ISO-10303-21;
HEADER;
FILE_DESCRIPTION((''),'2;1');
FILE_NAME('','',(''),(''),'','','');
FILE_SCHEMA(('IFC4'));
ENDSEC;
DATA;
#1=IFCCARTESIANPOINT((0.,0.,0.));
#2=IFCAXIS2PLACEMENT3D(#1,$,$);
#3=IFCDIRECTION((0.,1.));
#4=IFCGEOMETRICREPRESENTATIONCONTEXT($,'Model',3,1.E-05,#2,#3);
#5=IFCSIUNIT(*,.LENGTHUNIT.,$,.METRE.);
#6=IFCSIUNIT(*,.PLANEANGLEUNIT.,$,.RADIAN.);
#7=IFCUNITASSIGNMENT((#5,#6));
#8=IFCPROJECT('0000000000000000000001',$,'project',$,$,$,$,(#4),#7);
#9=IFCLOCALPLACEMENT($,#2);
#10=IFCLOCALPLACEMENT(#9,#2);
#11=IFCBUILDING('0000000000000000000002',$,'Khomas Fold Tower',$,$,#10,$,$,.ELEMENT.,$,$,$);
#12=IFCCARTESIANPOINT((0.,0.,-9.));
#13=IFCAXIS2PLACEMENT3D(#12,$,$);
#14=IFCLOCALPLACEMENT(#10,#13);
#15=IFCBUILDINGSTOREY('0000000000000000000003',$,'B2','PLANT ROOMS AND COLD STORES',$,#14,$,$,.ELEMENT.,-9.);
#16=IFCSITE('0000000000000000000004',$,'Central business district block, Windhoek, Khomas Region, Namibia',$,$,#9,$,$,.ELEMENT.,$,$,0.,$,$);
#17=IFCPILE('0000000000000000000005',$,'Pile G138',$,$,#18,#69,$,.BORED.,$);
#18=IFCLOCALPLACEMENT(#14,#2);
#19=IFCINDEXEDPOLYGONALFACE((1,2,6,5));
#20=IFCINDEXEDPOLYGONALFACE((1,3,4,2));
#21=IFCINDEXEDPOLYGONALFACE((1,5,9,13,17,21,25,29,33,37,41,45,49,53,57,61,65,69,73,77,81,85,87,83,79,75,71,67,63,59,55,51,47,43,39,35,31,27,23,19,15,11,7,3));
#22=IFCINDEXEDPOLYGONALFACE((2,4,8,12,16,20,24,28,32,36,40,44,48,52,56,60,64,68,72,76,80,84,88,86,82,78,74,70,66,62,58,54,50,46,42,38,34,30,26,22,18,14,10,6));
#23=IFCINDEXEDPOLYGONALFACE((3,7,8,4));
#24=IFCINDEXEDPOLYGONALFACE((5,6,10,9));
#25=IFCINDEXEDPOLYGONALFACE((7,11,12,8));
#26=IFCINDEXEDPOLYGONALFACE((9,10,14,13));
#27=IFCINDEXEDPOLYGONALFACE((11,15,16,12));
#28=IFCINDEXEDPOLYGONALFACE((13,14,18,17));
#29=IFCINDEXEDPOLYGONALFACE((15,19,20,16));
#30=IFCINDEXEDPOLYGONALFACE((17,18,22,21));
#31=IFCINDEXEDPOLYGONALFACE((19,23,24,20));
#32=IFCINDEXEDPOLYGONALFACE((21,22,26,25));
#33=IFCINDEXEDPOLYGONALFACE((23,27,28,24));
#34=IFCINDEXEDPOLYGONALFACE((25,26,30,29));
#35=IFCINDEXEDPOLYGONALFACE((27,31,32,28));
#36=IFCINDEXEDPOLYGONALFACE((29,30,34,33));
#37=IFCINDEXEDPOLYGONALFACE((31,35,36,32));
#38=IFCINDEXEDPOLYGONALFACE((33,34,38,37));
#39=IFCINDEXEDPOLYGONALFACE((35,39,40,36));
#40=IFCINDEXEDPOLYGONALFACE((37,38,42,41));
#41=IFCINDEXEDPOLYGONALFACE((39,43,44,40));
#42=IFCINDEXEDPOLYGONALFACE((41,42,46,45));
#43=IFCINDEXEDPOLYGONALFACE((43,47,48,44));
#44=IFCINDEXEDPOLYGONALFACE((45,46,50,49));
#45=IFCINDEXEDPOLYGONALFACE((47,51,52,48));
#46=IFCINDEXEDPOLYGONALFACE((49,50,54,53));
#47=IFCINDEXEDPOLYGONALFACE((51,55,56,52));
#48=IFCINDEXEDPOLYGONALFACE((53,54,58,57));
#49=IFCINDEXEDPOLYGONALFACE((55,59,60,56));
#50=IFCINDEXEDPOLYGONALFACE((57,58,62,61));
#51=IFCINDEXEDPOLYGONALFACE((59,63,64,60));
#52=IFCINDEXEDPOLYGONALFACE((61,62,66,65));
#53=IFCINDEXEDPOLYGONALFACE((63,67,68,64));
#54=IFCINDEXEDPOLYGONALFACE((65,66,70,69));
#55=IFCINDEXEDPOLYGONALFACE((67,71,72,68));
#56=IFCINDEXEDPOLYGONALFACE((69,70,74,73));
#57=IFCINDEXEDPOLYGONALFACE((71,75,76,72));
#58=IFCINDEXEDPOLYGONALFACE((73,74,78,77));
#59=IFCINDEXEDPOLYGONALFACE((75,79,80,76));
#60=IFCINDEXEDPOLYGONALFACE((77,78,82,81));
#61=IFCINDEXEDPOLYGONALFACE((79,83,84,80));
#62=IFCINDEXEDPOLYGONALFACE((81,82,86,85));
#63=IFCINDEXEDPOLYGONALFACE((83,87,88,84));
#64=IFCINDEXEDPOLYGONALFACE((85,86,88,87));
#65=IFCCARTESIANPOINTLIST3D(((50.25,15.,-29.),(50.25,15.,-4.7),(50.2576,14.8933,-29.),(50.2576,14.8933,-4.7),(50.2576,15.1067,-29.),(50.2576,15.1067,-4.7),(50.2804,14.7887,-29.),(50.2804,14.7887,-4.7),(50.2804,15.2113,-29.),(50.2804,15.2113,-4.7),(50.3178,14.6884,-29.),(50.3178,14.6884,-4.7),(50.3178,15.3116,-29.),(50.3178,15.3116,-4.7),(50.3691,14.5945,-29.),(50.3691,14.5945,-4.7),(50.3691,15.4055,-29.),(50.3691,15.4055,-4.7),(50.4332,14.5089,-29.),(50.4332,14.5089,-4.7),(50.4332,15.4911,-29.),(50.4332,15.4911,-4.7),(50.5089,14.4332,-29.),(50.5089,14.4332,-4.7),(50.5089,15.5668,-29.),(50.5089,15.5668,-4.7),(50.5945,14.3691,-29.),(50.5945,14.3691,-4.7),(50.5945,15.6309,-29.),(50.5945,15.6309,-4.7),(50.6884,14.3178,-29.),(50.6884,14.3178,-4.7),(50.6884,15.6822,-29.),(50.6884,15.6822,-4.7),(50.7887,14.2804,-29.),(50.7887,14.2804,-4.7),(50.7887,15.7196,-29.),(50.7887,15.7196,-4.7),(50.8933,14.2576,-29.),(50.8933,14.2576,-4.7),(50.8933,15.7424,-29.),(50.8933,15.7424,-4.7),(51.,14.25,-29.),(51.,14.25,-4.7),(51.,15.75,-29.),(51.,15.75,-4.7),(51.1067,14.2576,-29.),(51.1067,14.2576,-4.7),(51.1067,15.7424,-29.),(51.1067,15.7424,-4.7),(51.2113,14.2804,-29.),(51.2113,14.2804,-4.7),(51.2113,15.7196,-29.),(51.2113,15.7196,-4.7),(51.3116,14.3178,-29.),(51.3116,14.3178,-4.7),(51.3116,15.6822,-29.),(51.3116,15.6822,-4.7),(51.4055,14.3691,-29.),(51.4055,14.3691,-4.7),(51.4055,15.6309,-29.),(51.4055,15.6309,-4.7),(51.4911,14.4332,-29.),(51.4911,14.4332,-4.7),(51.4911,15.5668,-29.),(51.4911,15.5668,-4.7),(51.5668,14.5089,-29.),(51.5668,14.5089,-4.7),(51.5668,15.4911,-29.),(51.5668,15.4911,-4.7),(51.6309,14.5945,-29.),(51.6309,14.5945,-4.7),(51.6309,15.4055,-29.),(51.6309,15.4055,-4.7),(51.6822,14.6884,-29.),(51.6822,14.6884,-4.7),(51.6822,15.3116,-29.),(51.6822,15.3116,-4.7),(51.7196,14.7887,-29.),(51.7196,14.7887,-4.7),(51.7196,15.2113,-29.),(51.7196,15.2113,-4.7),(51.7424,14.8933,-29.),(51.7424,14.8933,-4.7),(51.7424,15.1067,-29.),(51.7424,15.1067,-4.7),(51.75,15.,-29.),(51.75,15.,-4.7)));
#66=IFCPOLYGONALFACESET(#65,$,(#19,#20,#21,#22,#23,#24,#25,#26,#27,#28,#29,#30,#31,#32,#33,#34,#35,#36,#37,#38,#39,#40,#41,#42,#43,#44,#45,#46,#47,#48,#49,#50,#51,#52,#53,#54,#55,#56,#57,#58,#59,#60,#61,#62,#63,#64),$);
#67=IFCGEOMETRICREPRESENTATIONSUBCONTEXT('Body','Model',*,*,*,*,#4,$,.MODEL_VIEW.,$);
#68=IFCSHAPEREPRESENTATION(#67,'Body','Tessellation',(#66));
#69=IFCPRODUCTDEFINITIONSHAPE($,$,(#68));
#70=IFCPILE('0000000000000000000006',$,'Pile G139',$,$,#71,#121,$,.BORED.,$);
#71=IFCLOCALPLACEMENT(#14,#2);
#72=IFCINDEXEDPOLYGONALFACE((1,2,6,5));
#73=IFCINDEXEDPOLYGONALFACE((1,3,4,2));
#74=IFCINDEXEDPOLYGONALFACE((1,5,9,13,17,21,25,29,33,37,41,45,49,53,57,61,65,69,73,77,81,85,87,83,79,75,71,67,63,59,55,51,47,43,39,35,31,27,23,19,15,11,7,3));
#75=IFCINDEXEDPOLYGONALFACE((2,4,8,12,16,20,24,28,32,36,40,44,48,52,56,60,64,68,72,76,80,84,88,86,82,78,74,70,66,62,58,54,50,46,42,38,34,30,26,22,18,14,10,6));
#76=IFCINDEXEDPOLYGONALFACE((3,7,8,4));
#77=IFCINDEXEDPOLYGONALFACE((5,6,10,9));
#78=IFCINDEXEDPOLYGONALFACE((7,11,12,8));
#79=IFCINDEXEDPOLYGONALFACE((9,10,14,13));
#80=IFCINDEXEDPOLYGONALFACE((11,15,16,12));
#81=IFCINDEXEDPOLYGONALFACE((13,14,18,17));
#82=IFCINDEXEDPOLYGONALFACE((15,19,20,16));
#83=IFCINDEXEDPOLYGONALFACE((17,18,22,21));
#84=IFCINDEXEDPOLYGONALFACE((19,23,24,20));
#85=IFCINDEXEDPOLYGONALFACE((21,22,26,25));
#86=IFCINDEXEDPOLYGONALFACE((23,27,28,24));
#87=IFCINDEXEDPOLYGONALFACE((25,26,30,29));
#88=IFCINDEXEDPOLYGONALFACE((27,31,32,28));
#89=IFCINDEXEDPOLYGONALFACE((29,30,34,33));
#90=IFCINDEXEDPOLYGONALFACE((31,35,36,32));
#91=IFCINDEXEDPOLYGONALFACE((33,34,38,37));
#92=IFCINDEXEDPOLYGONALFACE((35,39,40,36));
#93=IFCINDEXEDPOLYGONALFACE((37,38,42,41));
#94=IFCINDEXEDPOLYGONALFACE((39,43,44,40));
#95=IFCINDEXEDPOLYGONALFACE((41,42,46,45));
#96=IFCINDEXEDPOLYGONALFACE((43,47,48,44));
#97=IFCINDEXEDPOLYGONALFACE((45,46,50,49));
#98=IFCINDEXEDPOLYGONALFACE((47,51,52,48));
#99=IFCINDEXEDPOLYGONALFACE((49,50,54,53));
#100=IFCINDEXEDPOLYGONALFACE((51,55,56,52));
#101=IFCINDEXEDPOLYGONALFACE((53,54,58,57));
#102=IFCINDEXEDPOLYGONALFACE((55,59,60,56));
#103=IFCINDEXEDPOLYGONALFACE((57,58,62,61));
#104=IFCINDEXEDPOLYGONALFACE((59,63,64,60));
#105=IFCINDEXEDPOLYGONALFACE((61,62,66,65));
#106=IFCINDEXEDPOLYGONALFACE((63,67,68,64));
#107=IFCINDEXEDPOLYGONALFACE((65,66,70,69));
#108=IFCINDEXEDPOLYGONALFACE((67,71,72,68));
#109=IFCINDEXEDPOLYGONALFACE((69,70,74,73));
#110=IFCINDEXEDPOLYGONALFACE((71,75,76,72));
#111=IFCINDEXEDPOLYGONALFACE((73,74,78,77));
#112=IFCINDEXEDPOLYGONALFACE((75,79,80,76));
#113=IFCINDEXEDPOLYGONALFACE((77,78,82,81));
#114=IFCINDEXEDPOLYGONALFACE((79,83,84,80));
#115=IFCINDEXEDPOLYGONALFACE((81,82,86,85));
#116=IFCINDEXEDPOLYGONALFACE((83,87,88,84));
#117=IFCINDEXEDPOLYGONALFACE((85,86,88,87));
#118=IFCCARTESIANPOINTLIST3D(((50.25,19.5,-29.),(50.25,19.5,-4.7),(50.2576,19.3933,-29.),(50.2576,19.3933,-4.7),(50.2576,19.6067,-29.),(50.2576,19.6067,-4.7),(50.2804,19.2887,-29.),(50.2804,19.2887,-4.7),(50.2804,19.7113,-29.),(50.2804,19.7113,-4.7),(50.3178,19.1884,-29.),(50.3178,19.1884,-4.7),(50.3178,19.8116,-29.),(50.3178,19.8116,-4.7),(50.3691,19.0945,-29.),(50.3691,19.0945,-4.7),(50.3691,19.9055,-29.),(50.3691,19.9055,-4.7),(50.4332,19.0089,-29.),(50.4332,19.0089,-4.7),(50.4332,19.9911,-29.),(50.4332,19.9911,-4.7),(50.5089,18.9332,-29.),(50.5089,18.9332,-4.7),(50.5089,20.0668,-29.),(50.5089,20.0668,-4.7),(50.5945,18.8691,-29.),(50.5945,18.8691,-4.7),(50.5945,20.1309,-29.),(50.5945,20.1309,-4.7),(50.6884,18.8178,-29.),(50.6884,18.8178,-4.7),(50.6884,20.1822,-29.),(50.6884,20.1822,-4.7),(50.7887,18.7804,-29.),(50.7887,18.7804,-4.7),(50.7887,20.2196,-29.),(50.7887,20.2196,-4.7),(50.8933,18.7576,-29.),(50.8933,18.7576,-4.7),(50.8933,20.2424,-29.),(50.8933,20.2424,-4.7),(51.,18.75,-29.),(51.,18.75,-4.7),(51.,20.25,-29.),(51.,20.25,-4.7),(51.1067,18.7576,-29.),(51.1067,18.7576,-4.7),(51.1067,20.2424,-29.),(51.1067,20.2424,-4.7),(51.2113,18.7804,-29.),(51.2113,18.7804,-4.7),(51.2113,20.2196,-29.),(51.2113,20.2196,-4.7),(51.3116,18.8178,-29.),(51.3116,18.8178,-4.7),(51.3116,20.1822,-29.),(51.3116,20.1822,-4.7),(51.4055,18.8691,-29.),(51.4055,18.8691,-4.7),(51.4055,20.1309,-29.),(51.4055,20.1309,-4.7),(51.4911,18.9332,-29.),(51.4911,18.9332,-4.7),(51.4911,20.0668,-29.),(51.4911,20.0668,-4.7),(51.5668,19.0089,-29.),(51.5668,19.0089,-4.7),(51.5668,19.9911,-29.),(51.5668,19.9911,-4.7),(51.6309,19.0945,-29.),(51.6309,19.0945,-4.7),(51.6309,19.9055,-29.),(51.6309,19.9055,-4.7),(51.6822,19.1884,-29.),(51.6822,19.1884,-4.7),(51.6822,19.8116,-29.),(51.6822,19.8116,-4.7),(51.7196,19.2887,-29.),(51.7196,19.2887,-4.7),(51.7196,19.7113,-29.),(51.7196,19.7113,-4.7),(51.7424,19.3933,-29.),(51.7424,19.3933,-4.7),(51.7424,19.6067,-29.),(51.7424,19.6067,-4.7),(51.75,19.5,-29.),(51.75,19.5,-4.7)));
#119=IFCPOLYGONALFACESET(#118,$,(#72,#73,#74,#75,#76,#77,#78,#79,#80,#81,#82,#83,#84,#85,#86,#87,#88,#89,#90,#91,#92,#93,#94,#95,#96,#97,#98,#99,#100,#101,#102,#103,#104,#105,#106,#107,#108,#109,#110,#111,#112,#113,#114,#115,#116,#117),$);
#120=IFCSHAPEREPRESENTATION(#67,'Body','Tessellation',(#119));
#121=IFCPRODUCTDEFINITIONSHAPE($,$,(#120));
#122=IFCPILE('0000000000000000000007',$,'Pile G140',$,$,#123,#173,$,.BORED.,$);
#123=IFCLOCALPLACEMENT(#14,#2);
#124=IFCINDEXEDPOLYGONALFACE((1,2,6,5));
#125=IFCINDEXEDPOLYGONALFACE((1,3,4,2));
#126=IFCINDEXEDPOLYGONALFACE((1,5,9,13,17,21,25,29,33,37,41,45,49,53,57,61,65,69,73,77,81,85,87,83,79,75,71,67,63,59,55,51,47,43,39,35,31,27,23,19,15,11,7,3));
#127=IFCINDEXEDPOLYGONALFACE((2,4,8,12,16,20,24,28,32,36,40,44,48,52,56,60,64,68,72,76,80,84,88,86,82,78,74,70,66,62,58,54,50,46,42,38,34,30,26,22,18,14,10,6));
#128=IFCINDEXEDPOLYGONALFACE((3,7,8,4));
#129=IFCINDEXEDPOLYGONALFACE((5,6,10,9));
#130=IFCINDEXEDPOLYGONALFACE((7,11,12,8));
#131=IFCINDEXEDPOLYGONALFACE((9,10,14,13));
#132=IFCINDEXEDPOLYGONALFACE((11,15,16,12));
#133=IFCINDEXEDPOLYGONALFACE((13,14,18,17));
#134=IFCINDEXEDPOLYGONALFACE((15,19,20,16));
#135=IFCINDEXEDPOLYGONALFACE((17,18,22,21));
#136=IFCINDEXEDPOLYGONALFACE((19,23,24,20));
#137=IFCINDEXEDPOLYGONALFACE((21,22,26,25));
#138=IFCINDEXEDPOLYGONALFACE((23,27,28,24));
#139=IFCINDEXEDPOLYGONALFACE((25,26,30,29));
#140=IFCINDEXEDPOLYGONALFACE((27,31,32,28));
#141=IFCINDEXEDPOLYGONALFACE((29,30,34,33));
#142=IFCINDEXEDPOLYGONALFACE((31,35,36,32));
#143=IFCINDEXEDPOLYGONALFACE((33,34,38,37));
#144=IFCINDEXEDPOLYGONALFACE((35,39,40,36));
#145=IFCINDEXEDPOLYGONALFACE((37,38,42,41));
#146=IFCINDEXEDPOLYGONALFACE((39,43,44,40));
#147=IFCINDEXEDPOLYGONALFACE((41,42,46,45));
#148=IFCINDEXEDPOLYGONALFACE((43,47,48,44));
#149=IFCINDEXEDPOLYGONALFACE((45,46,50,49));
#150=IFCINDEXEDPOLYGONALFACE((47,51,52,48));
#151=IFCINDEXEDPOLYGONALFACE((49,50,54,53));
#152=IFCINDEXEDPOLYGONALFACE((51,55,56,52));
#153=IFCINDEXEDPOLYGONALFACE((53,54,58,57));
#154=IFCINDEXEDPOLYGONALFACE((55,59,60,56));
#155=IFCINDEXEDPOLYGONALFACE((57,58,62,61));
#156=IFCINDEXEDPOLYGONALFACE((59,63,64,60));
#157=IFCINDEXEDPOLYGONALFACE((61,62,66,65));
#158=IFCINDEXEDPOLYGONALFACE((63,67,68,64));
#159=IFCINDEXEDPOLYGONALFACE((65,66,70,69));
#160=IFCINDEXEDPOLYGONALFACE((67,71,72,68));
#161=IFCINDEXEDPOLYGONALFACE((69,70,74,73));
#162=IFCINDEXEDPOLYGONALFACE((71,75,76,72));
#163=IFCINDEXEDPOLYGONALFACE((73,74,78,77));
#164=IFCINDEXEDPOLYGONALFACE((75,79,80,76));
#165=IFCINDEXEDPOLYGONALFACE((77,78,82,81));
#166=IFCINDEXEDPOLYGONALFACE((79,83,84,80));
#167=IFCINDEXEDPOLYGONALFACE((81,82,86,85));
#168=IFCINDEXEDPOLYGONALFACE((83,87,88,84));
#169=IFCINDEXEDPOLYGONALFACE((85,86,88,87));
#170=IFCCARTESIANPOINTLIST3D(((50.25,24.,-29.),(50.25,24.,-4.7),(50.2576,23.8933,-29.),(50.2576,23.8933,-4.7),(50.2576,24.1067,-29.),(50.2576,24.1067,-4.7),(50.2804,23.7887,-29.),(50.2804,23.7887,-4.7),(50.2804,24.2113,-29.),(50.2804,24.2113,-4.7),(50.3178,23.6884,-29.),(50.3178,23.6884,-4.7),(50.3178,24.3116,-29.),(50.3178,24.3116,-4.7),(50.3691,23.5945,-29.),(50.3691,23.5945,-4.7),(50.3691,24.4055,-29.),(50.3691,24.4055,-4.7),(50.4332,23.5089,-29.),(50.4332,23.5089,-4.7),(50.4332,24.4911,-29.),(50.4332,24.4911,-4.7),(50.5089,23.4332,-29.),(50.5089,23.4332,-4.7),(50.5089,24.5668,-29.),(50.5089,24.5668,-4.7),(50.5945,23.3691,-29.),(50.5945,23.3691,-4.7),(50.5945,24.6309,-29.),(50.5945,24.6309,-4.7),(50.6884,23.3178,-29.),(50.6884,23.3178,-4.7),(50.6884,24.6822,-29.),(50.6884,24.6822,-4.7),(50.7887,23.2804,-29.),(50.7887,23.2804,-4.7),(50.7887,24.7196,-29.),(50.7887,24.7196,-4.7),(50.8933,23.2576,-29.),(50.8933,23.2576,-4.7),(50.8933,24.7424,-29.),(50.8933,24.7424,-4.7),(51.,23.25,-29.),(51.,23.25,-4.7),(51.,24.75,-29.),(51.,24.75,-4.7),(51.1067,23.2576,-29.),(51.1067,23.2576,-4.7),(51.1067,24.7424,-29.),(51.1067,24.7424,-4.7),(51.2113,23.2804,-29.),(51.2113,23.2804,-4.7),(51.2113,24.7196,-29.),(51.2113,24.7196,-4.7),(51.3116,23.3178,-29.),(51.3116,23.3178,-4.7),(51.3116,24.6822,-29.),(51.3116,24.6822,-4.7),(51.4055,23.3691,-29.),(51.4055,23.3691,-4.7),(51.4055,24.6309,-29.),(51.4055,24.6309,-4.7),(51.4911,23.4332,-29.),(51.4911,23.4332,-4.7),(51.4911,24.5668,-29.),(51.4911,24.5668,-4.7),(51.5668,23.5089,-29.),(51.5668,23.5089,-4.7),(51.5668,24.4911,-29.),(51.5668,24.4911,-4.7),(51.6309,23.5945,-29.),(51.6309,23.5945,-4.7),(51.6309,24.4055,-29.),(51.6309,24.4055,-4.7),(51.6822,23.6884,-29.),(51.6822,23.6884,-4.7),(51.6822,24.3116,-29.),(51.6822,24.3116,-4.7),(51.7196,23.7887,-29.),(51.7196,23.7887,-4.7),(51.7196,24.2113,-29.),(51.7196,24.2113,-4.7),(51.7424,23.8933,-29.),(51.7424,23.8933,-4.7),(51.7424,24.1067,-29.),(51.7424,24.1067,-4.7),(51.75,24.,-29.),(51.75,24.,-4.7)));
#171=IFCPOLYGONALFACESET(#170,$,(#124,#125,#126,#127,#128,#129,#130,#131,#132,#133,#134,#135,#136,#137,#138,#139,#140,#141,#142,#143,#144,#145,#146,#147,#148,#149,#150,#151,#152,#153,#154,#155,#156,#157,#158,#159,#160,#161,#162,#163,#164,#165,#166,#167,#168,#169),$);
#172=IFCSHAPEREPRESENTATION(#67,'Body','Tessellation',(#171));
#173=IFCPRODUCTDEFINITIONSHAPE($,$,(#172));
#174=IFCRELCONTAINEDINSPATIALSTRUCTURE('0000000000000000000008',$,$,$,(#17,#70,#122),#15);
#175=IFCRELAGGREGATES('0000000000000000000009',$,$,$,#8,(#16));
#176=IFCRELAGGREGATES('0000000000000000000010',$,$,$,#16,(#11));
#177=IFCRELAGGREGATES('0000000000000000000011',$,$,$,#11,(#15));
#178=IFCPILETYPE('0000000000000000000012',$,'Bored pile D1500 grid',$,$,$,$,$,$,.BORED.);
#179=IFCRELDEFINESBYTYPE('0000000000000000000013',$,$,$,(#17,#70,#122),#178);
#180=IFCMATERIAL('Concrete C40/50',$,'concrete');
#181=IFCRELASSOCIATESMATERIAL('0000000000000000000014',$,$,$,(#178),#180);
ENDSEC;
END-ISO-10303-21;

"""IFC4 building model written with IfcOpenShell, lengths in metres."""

from ifc_helpers import new_model, si_unit, direction, frame, origin, origin_2d, place, context, subcontext, project, spatial, circle, extrude, source, transform, mapped, material, material_profile, profile_set, type_object, element, save


model = new_model("IFC4")

# Units and contexts
model_context = context("Model", 3, precision=1e-05, world=origin(), true_north=direction((0.0, 1.0)))
body_context = subcontext(model_context, "Body", "Model", "MODEL_VIEW")
ifc_project = project(units=[si_unit("LENGTHUNIT", "METRE"), si_unit("PLANEANGLEUNIT", "RADIAN")], contexts=[model_context])

# Site, building, storey
site_placement = place(None, origin())
site = spatial("IfcSite", under=ifc_project, at=site_placement, Name="Central business district block, Windhoek, Khomas Region, Namibia", CompositionType="ELEMENT", RefElevation=0.0)
building_placement = place(site_placement, origin())
building = spatial("IfcBuilding", under=site, at=building_placement, Name="Khomas Fold Tower", CompositionType="ELEMENT")
storey_placement = place(building_placement, frame((0.0, 0.0, -9.0)))
storey = spatial("IfcBuildingStorey", under=building, at=storey_placement, Name="B2", Description="PLANT ROOMS AND COLD STORES", CompositionType="ELEMENT", Elevation=-9.0)

# Piles
ifc_material_1 = material(Name="Concrete C40/50", Category="concrete")
ifc_material_profile_1 = material_profile(ifc_material_1, circle(Radius=0.75, at=origin_2d()), Name="PILE D1500")
ifc_profile_set_1 = profile_set([ifc_material_profile_1], Name="Concrete C40/50")
pile_type = type_object("IfcPileType", Name="Bored pile D1500 grid", PredefinedType="BORED", material=ifc_profile_set_1)
shared_shape_1 = source(origin(), body_context, "Body", "SweptSolid", [
    extrude(circle(Radius=0.75, at=origin_2d()), origin(), (0.0, 0.0, 1.0), 24.3),
])
for number, where, z_axis, x_axis, name in (
    (1, (51.0, 15.0, -4.7), (0.0, 0.0, -1.0), (1.0, 0.0, 0.0), "Pile G138"),
    (2, (51.0, 19.5, -4.7), (0.0, 0.0, -1.0), (1.0, 0.0, 0.0), "Pile G139"),
    (3, (51.0, 24.0, -4.7), (0.0, 0.0, -1.0), (1.0, 0.0, 0.0), "Pile G140"),
):
    element("IfcPile", number, at=place(storey_placement, frame(where, z_axis=z_axis, x_axis=x_axis)), inside=storey, type_object=pile_type, Name=name, PredefinedType="BORED", context=body_context, shape_type="MappedRepresentation", body=[
        mapped(shared_shape_1, transform((0.0, 0.0, 0.0))),
    ])

save(model, "model.ifc")
